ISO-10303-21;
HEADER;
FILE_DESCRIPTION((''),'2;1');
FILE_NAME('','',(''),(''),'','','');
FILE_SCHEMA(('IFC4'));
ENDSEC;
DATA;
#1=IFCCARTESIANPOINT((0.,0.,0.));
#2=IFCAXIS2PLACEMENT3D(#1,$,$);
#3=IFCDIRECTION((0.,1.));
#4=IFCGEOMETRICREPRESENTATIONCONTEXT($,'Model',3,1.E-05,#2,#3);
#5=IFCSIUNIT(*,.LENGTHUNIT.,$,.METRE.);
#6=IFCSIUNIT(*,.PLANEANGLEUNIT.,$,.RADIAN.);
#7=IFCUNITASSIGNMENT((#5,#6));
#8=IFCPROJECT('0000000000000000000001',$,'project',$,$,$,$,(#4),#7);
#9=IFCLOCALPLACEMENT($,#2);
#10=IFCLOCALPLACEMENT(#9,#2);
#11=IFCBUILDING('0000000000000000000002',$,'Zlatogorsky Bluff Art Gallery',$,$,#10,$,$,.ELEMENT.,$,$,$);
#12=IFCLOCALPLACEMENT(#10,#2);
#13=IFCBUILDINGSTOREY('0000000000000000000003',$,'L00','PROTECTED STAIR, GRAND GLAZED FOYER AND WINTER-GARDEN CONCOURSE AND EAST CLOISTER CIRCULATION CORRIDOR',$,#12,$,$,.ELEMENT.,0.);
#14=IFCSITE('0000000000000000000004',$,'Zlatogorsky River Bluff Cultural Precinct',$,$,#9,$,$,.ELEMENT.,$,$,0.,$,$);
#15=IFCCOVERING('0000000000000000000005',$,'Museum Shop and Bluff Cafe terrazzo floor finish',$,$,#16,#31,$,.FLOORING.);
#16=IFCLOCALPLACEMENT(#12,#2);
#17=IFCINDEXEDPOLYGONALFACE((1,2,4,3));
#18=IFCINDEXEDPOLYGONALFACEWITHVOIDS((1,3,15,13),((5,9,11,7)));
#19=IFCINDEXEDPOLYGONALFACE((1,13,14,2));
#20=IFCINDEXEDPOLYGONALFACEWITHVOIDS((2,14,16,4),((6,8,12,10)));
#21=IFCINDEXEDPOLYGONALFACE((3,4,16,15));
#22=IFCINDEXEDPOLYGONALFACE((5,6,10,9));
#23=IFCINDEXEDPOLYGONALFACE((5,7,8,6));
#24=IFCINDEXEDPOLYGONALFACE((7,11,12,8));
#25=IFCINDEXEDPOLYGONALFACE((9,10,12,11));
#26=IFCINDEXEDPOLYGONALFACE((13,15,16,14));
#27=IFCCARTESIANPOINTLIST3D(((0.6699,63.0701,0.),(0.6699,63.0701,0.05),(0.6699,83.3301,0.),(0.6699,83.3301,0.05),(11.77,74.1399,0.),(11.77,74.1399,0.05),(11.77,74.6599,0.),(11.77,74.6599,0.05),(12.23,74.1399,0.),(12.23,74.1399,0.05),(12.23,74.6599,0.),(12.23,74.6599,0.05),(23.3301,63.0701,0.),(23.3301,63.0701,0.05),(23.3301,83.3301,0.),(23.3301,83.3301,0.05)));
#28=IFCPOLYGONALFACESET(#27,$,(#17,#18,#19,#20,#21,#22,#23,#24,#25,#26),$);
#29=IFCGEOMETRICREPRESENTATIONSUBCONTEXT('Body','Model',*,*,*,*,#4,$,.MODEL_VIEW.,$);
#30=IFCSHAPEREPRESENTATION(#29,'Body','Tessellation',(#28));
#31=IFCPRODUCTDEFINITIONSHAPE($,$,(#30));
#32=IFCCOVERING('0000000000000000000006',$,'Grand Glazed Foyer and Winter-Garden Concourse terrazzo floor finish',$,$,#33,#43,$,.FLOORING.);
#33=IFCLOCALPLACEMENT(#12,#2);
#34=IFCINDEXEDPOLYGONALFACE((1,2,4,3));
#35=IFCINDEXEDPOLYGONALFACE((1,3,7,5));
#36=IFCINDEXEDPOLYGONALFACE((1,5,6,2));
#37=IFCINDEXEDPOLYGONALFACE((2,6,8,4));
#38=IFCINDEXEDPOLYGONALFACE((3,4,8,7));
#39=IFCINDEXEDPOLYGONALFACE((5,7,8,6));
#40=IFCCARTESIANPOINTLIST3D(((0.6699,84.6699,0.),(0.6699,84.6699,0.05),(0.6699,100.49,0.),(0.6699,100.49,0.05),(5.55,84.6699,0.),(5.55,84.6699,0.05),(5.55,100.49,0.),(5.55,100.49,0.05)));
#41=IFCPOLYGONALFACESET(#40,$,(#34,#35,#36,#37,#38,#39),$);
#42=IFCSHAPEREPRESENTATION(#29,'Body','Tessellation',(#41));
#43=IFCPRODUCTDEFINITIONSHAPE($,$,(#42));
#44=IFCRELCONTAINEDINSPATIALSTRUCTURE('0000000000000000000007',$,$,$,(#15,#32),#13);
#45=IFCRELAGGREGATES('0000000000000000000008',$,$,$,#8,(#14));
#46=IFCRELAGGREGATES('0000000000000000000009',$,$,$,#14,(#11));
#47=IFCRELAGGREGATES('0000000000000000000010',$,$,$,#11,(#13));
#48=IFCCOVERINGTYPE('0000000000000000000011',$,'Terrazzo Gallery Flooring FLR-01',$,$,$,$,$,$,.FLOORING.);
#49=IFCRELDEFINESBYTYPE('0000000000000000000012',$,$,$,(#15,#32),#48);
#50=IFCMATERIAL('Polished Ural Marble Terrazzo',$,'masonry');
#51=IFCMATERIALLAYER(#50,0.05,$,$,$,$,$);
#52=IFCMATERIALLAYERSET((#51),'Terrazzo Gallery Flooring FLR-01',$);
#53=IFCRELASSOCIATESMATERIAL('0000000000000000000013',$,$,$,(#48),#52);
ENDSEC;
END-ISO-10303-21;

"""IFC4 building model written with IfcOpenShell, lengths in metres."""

from ifc_helpers import new_model, si_unit, direction, origin, place, context, subcontext, project, spatial, polyline, outline, extrude, material, layer, layer_set, type_object, element, save


model = new_model("IFC4")

# Units and contexts
model_context = context("Model", 3, precision=1e-05, world=origin(), true_north=direction((0.0, 1.0)))
body_context = subcontext(model_context, "Body", "Model", "MODEL_VIEW")
ifc_project = project(units=[si_unit("LENGTHUNIT", "METRE"), si_unit("PLANEANGLEUNIT", "RADIAN")], contexts=[model_context])

# Site, building, storey
site_placement = place(None, origin())
site = spatial("IfcSite", under=ifc_project, at=site_placement, Name="Zlatogorsky River Bluff Cultural Precinct", CompositionType="ELEMENT", RefElevation=0.0)
building_placement = place(site_placement, origin())
building = spatial("IfcBuilding", under=site, at=building_placement, Name="Zlatogorsky Bluff Art Gallery", CompositionType="ELEMENT")
storey_placement = place(building_placement, origin())
storey = spatial("IfcBuildingStorey", under=building, at=storey_placement, Name="L00", Description="PROTECTED STAIR, GRAND GLAZED FOYER AND WINTER-GARDEN CONCOURSE AND EAST CLOISTER CIRCULATION CORRIDOR", CompositionType="ELEMENT", Elevation=0.0)

# Coverings
ifc_material_1 = material(Name="Polished Ural Marble Terrazzo", Category="masonry")
ifc_layer_1 = layer(ifc_material_1, 0.05)
ifc_layer_set_1 = layer_set([ifc_layer_1], Name="Terrazzo Gallery Flooring FLR-01")
covering_type_1 = type_object("IfcCoveringType", Name="Terrazzo Gallery Flooring FLR-01", PredefinedType="FLOORING", material=ifc_layer_set_1)
covering_1_placement = place(storey_placement, origin())
element("IfcCovering", 1, at=covering_1_placement, inside=storey, type_object=covering_type_1, Name="Museum Shop and Bluff Cafe terrazzo floor finish", PredefinedType="FLOORING", context=body_context, shape_type="SweptSolid", body=[
    extrude(outline(polyline([(23.3301, 83.3301), (23.3301, 63.0701), (0.6699, 63.0701), (0.6699, 83.3301), (23.3301, 83.3301)]), holes=[polyline([(11.77, 74.1399), (12.23, 74.1399), (12.23, 74.6599), (11.77, 74.6599), (11.77, 74.1399)])]), origin(), (0.0, 0.0, 1.0), 0.05),
])
covering_2_placement = place(storey_placement, origin())
element("IfcCovering", 2, at=covering_2_placement, inside=storey, type_object=covering_type_1, Name="Grand Glazed Foyer and Winter-Garden Concourse terrazzo floor finish", PredefinedType="FLOORING", context=body_context, shape_type="SweptSolid", body=[
    extrude(outline(polyline([(5.55, 100.49), (5.55, 84.6699), (0.6699, 84.6699), (0.6699, 100.49), (5.55, 100.49)])), origin(), (0.0, 0.0, 1.0), 0.05),
])

save(model, "model.ifc")
